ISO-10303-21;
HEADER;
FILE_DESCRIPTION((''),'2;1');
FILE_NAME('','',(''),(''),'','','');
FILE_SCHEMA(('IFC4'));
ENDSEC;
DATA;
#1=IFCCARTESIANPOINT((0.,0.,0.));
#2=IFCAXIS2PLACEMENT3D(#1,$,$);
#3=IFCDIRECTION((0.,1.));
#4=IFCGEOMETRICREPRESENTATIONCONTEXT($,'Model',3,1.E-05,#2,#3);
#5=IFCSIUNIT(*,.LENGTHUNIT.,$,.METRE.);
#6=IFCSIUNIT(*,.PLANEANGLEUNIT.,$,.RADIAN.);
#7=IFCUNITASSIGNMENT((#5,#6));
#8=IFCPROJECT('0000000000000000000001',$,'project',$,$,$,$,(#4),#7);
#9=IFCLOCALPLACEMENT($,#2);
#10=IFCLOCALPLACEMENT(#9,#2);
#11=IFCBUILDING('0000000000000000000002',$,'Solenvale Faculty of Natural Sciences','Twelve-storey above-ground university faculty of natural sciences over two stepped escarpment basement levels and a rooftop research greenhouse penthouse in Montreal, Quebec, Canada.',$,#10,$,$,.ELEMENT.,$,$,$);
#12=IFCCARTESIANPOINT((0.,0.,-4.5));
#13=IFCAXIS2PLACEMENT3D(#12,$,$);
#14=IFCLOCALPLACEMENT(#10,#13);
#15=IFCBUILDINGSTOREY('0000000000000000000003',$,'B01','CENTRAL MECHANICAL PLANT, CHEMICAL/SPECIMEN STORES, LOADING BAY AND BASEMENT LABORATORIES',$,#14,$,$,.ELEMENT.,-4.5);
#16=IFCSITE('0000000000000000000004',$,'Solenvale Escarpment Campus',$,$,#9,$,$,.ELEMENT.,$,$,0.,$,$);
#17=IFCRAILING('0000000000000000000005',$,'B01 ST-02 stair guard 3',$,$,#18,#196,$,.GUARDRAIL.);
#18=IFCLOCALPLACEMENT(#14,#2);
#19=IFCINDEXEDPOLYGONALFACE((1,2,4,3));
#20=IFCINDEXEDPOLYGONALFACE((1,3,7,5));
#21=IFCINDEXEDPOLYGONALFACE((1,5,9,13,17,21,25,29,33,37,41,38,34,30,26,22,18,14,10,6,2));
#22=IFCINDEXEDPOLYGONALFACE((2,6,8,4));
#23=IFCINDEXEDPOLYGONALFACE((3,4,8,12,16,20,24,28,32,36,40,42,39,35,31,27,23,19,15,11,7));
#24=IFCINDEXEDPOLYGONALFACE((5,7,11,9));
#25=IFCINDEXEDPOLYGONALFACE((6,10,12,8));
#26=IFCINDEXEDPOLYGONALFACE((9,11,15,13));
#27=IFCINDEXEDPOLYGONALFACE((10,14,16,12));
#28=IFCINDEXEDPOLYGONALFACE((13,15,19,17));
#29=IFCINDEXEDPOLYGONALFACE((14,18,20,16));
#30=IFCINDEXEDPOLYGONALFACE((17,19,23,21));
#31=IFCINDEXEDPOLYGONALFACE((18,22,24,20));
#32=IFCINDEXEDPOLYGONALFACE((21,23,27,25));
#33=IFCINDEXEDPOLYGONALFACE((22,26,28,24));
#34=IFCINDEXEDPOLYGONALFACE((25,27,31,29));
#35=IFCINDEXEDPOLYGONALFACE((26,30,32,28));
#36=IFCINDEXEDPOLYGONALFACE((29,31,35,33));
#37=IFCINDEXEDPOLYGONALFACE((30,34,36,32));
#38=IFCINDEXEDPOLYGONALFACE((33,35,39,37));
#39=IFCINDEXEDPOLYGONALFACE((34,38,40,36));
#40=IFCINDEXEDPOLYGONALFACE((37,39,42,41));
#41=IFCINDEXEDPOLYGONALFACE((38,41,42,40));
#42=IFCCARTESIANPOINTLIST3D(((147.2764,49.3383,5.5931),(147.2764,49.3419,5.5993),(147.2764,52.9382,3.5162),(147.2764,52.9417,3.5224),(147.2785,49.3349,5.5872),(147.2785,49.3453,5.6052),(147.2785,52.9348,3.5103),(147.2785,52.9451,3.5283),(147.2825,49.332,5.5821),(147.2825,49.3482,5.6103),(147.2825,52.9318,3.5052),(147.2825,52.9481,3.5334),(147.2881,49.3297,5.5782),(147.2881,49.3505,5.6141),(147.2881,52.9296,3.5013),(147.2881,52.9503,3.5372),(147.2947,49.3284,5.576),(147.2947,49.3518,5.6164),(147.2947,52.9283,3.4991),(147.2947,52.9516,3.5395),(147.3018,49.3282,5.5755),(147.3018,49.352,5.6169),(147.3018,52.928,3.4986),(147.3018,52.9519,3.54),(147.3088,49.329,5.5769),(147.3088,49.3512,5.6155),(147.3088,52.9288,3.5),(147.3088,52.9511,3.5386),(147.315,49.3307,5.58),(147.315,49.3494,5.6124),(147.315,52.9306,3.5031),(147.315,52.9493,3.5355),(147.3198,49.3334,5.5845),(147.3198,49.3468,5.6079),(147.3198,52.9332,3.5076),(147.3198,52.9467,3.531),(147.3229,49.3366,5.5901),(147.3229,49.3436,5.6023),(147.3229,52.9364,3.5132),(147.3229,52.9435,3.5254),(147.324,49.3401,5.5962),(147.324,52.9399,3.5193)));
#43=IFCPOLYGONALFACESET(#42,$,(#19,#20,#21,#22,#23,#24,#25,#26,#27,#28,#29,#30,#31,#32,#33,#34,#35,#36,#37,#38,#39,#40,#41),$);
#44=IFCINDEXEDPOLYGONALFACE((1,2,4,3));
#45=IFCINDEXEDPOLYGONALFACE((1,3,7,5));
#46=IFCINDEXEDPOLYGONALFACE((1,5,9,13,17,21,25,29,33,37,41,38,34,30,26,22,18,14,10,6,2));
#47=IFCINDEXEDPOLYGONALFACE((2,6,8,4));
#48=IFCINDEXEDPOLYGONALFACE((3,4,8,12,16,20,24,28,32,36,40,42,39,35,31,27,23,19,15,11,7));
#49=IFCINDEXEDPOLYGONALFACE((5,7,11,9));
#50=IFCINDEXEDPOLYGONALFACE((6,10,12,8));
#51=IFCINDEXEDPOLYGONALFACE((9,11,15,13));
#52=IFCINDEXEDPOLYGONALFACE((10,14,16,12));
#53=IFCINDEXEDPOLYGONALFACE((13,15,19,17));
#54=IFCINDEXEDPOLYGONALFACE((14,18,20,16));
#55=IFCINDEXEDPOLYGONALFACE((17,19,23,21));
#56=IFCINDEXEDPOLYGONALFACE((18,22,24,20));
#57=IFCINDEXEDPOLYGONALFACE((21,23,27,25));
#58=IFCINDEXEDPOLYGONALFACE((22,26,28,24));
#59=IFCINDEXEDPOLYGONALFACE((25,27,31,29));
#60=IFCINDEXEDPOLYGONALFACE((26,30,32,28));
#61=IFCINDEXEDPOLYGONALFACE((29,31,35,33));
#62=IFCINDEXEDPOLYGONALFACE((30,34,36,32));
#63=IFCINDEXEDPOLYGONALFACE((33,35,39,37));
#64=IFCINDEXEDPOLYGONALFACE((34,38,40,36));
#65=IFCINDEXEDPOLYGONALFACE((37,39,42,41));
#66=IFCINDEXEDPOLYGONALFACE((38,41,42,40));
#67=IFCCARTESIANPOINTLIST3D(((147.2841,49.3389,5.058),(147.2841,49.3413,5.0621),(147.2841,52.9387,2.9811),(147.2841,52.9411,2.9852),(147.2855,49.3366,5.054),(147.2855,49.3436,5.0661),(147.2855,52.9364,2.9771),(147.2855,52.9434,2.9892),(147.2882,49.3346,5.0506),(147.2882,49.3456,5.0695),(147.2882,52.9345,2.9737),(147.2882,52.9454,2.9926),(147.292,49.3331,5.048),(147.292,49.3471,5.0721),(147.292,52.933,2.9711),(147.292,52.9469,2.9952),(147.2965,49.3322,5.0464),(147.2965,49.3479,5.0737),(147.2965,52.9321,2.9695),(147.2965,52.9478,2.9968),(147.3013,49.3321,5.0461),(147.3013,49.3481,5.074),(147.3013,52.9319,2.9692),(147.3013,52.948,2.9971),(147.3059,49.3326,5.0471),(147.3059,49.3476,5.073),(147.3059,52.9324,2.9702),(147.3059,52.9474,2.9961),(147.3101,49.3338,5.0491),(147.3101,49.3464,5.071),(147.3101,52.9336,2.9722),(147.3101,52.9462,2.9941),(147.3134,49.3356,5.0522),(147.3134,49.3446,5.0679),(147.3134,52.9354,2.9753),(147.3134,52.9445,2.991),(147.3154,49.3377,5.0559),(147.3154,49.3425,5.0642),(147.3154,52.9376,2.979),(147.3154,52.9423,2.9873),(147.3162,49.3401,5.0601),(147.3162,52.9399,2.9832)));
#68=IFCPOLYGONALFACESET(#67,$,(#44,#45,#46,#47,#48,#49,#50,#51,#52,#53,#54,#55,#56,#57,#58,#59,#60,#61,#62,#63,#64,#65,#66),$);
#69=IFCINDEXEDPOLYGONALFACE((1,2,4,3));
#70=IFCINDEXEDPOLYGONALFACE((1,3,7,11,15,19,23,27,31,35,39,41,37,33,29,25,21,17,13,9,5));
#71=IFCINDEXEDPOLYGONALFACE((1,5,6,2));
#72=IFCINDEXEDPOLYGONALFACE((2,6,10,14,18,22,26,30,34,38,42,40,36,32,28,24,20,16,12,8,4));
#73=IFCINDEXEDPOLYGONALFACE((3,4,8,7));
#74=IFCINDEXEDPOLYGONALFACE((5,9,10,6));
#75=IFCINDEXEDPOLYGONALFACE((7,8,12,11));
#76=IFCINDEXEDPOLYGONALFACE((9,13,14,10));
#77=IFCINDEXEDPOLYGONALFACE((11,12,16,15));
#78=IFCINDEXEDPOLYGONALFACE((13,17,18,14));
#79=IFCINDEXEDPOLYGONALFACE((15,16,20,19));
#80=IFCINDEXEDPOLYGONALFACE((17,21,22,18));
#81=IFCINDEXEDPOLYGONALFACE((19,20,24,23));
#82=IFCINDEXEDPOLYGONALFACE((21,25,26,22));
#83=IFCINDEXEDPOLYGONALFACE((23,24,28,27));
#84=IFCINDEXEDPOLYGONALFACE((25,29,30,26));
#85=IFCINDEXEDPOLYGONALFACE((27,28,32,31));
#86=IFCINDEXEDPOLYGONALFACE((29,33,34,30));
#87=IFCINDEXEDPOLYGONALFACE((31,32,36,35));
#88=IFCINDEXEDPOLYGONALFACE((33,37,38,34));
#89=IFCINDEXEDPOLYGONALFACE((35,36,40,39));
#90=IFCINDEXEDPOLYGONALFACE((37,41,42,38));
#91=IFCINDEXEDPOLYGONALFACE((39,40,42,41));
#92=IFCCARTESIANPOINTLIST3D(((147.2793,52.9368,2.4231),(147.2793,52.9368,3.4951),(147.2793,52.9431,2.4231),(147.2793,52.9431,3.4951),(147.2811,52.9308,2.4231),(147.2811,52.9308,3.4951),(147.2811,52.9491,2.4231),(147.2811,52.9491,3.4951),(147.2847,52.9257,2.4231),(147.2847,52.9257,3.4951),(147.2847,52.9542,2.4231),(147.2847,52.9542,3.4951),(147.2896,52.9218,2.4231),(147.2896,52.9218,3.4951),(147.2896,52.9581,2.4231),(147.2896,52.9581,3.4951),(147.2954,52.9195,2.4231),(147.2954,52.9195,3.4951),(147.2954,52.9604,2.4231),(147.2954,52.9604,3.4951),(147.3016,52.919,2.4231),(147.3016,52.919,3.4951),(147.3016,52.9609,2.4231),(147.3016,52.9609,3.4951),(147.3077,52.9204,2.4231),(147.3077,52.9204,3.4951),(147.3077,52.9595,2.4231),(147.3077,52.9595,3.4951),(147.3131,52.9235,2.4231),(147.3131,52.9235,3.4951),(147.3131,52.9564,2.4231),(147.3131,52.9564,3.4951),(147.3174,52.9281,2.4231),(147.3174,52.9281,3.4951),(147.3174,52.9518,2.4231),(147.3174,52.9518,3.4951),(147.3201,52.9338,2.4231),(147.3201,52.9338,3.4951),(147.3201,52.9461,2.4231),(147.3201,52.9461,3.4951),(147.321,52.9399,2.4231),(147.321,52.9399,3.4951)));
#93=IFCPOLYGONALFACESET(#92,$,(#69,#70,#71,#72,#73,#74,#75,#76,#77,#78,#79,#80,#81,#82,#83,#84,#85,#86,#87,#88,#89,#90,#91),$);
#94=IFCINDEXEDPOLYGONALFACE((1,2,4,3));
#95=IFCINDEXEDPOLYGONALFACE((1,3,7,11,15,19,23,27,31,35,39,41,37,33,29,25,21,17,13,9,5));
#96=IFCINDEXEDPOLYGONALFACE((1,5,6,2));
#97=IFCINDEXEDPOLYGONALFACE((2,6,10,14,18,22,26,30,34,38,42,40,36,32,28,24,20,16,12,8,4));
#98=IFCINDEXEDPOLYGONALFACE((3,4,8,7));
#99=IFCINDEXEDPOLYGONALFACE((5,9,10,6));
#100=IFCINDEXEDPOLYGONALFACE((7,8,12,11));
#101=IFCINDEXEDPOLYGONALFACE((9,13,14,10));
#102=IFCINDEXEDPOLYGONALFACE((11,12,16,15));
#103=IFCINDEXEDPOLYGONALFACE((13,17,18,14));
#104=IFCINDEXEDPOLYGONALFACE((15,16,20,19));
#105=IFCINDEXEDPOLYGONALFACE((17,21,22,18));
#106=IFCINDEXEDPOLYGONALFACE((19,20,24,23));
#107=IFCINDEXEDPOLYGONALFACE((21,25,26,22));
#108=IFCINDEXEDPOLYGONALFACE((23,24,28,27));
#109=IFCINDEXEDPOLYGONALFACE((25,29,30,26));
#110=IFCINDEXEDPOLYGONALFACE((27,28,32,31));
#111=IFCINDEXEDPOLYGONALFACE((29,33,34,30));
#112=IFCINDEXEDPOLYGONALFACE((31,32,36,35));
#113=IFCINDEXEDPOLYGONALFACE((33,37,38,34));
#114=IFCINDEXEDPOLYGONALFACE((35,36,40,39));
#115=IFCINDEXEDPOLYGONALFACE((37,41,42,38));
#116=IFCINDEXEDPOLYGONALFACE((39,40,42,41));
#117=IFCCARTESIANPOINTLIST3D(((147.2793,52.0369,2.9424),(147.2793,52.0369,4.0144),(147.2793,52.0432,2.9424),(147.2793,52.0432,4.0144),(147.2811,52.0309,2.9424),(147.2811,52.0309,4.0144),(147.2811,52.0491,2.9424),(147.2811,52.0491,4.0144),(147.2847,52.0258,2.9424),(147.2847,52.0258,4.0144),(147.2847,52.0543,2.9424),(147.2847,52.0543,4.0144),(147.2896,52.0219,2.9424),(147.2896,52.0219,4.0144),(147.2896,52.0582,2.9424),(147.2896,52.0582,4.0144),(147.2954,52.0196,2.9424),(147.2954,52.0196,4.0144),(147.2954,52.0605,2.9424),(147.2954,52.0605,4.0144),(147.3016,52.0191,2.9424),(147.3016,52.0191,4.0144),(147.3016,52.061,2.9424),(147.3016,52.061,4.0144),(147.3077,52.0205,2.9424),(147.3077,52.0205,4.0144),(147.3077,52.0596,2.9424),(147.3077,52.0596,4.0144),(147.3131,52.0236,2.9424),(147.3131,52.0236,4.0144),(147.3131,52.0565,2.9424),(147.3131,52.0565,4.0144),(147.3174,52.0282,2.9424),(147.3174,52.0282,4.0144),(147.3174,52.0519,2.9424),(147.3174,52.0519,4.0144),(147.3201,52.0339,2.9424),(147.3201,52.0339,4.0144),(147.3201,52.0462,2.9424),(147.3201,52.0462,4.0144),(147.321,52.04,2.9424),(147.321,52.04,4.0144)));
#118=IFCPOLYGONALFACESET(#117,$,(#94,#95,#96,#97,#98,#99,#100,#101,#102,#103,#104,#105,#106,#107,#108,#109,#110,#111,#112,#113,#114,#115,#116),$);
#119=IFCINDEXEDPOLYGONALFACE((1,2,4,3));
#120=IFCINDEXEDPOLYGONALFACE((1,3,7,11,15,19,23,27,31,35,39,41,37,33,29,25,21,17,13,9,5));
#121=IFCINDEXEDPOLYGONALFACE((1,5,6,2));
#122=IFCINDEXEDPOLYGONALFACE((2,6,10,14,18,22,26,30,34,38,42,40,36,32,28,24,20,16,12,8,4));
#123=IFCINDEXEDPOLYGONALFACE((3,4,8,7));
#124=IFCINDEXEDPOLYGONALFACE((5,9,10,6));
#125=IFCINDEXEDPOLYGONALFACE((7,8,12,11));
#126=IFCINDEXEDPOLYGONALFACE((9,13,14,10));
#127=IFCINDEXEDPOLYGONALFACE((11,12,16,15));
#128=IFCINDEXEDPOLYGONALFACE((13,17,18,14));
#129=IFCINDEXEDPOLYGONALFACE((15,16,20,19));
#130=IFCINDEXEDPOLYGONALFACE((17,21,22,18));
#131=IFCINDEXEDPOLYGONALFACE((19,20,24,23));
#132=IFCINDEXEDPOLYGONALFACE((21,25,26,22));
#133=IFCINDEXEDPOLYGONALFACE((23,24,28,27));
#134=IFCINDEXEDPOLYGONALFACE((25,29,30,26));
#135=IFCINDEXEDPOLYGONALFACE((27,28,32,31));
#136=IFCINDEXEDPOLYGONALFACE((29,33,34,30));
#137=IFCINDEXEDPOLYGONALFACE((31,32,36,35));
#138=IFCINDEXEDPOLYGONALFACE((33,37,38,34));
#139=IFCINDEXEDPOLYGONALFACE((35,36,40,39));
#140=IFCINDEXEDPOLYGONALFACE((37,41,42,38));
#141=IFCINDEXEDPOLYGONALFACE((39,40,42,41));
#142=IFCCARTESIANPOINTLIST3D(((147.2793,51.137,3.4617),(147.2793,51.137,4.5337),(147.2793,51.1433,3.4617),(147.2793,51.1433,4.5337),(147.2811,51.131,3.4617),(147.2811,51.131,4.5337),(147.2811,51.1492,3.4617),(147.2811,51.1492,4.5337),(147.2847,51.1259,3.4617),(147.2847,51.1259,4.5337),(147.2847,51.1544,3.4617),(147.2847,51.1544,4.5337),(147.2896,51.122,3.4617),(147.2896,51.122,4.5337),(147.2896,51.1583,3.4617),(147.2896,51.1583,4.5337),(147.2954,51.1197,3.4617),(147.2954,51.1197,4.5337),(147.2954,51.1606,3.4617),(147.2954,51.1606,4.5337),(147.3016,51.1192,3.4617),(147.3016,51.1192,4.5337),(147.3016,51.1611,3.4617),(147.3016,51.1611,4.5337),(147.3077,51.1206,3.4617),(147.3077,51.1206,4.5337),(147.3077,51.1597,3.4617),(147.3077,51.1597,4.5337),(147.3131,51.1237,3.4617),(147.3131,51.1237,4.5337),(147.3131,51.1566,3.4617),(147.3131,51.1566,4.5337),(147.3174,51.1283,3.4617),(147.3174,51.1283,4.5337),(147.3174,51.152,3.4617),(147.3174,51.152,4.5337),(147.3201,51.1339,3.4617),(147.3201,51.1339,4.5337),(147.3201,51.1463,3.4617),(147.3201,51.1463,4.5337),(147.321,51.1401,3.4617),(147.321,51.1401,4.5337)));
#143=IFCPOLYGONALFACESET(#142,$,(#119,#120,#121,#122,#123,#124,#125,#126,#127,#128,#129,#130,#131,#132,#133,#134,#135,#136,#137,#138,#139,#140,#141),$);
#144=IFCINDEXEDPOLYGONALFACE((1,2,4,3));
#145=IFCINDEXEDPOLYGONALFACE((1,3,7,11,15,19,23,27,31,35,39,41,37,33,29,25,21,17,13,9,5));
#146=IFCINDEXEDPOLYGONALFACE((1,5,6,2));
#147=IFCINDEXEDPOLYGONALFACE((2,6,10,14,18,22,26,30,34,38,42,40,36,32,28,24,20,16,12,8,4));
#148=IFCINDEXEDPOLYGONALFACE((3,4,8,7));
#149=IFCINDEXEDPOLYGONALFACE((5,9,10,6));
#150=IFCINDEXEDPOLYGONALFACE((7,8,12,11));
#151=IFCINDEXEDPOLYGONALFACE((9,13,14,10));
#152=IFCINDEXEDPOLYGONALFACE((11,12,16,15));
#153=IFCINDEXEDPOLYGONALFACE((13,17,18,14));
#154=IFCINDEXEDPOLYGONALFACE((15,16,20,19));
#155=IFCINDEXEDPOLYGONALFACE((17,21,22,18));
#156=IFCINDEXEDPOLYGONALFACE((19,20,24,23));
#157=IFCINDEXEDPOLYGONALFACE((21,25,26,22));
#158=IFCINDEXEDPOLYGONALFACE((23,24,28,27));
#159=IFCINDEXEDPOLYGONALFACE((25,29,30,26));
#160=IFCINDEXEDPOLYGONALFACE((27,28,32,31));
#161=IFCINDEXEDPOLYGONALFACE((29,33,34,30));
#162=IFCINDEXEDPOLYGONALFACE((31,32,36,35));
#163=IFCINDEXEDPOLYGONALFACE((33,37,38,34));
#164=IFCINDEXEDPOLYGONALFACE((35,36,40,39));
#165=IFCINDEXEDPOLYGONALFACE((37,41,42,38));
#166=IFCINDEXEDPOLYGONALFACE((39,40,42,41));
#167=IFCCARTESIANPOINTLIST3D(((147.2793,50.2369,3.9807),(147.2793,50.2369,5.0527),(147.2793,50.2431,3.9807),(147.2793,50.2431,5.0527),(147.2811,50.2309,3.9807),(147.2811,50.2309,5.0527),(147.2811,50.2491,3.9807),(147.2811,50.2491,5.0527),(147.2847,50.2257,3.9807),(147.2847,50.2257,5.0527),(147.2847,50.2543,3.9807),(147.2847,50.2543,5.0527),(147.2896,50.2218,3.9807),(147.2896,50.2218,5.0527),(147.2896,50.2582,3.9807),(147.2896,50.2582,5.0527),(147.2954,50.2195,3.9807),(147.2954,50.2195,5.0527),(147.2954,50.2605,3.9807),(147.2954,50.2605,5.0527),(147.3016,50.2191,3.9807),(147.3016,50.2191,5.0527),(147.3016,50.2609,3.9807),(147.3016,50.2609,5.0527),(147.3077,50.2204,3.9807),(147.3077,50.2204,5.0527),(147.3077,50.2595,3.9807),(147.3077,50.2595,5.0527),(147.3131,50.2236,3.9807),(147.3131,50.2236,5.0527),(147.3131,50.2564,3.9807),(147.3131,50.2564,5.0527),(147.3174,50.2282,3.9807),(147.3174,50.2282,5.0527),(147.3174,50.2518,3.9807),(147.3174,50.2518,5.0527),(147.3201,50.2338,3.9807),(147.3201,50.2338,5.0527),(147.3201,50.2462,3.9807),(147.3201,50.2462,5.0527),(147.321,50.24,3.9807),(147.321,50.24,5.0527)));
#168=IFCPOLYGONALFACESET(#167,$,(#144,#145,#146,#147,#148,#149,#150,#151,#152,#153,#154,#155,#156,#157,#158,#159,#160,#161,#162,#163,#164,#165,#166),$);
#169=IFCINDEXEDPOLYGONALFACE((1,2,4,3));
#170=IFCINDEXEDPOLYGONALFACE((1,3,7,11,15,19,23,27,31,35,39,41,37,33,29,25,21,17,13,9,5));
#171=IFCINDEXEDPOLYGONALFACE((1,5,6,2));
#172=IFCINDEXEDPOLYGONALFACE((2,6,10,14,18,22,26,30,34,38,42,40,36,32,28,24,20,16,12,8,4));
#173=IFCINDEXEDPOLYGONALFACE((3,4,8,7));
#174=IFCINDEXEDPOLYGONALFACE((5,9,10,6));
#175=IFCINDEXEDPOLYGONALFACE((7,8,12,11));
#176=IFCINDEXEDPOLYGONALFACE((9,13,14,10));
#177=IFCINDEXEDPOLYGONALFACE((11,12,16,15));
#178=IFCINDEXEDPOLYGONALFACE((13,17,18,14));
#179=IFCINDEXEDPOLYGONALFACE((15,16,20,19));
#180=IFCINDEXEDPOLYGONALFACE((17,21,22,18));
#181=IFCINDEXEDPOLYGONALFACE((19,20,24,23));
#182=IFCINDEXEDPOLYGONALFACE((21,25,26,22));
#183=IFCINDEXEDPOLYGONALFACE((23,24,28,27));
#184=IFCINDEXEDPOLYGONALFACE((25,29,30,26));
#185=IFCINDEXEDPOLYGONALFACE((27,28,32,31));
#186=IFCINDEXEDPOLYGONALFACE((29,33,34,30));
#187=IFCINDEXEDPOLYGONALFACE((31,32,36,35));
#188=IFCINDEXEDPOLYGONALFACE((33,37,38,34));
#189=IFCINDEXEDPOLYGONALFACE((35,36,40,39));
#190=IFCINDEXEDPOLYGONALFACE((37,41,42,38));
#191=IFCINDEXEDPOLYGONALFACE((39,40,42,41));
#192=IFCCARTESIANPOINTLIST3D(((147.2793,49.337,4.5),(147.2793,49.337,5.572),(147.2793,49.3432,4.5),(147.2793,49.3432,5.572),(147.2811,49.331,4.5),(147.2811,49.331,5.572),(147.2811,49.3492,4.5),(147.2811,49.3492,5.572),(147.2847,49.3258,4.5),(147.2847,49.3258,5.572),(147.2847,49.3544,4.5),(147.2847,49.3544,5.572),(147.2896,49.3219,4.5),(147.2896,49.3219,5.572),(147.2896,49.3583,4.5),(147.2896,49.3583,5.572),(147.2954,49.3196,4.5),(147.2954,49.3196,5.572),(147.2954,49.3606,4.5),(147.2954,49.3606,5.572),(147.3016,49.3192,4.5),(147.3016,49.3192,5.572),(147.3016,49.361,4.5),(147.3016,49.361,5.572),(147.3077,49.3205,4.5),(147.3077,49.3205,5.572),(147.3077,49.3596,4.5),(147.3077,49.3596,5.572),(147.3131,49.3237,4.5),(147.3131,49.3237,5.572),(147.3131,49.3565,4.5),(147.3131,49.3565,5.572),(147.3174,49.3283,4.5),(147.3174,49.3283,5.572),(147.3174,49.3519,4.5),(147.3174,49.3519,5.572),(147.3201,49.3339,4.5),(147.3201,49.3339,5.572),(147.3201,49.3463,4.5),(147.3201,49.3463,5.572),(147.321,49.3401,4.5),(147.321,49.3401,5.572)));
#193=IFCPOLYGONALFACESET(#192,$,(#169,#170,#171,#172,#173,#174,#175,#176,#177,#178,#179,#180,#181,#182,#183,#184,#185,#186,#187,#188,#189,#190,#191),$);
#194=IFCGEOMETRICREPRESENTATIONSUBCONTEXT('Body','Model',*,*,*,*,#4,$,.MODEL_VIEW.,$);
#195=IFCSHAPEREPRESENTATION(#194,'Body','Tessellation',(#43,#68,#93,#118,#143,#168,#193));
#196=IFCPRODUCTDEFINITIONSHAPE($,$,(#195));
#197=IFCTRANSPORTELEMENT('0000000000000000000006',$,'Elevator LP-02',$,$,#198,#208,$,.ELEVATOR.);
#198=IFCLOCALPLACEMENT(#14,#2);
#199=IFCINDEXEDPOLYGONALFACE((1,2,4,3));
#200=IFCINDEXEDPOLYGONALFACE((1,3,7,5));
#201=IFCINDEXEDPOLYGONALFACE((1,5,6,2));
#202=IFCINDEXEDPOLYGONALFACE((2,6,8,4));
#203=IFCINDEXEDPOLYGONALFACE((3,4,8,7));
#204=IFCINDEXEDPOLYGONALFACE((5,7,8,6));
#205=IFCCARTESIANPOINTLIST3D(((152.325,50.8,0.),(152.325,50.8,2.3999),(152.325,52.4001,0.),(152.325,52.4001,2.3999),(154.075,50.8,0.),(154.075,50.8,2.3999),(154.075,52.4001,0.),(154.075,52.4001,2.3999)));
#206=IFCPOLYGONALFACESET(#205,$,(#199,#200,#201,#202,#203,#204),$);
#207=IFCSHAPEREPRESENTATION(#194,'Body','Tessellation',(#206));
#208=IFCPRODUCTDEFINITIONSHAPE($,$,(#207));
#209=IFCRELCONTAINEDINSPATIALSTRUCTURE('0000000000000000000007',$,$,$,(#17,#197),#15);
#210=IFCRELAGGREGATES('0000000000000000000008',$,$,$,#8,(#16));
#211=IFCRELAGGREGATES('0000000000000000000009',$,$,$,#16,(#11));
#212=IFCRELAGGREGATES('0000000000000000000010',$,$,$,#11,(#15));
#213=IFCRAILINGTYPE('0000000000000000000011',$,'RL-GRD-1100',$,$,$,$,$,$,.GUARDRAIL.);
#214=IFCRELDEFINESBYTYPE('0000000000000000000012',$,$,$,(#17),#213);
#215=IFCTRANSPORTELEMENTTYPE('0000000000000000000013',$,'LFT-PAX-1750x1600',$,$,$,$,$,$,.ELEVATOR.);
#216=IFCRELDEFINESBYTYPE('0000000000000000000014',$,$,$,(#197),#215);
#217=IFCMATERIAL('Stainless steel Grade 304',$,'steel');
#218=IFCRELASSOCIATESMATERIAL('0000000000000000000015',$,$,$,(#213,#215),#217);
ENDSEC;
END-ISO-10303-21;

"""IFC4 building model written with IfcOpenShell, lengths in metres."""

from ifc_helpers import new_model, si_unit, direction, frame, origin, origin_2d, place, context, subcontext, project, spatial, rectangle, circle, extrude, material, type_object, element, save


model = new_model("IFC4")

# Units and contexts
model_context = context("Model", 3, precision=1e-05, world=origin(), true_north=direction((0.0, 1.0)))
body_context = subcontext(model_context, "Body", "Model", "MODEL_VIEW")
ifc_project = project(units=[si_unit("LENGTHUNIT", "METRE"), si_unit("PLANEANGLEUNIT", "RADIAN")], contexts=[model_context])

# Site, building, storey
site_placement = place(None, origin())
site = spatial("IfcSite", under=ifc_project, at=site_placement, Name="Solenvale Escarpment Campus", CompositionType="ELEMENT", RefElevation=0.0)
building_placement = place(site_placement, origin())
building = spatial("IfcBuilding", under=site, at=building_placement, Name="Solenvale Faculty of Natural Sciences", Description="Twelve-storey above-ground university faculty of natural sciences over two stepped escarpment basement levels and a rooftop research greenhouse penthouse in Montreal, Quebec, Canada.", CompositionType="ELEMENT")
storey_placement = place(building_placement, frame((0.0, 0.0, -4.5)))
storey = spatial("IfcBuildingStorey", under=building, at=storey_placement, Name="B01", Description="CENTRAL MECHANICAL PLANT, CHEMICAL/SPECIMEN STORES, LOADING BAY AND BASEMENT LABORATORIES", CompositionType="ELEMENT", Elevation=-4.5)

# Shared definitions
ifc_material_1 = material(Name="Stainless steel Grade 304", Category="steel")

# Railing
railing_type = type_object("IfcRailingType", Name="RL-GRD-1100", PredefinedType="GUARDRAIL", material=ifc_material_1)
railing_1_placement = place(storey_placement, frame((147.3, 52.9399, 2.4231)))
element("IfcRailing", 1, at=railing_1_placement, inside=storey, type_object=railing_type, Name="B01 ST-02 stair guard 3", PredefinedType="GUARDRAIL", context=body_context, shape_type="SweptSolid", body=[
    extrude(circle(Radius=0.0239, at=origin_2d()), frame((0.0, 0.0, 1.0962), z_axis=(0.0, -0.866179, 0.499734), x_axis=(1.0, 0.0, 0.0)), (0.0, 0.0, 1.0), 4.156),
    extrude(circle(Radius=0.0161, at=origin_2d()), frame((0.0, 0.0, 0.5601), z_axis=(0.0, -0.866179, 0.499734), x_axis=(1.0, 0.0, 0.0)), (0.0, 0.0, 1.0), 4.156),
    extrude(circle(Radius=0.021, at=origin_2d()), origin(), (0.0, 0.0, 1.0), 1.072),
    extrude(circle(Radius=0.021, at=origin_2d()), frame((0.0, -0.8999, 0.5193)), (0.0, 0.0, 1.0), 1.072),
    extrude(circle(Radius=0.021, at=origin_2d()), frame((0.0, -1.7998, 1.0386)), (0.0, 0.0, 1.0), 1.072),
    extrude(circle(Radius=0.021, at=origin_2d()), frame((0.0, -2.7, 1.5576)), (0.0, 0.0, 1.0), 1.072),
    extrude(circle(Radius=0.021, at=origin_2d()), frame((0.0, -3.5999, 2.0769)), (0.0, 0.0, 1.0), 1.072),
])

# Transport element
transport_element_type = type_object("IfcTransportElementType", Name="LFT-PAX-1750x1600", PredefinedType="ELEVATOR", material=ifc_material_1)
transport_element_placement = place(storey_placement, frame((153.2, 51.6001, 0.0), z_axis=(0.0, 0.0, 1.0), x_axis=(1.0, 0.0, 0.0)))
element("IfcTransportElement", 2, at=transport_element_placement, inside=storey, type_object=transport_element_type, Name="Elevator LP-02", PredefinedType="ELEVATOR", context=body_context, shape_type="SweptSolid", body=[
    extrude(rectangle(XDim=1.75, YDim=1.6001, at=origin_2d()), origin(), (0.0, 0.0, 1.0), 2.3999),
])

save(model, "model.ifc")
